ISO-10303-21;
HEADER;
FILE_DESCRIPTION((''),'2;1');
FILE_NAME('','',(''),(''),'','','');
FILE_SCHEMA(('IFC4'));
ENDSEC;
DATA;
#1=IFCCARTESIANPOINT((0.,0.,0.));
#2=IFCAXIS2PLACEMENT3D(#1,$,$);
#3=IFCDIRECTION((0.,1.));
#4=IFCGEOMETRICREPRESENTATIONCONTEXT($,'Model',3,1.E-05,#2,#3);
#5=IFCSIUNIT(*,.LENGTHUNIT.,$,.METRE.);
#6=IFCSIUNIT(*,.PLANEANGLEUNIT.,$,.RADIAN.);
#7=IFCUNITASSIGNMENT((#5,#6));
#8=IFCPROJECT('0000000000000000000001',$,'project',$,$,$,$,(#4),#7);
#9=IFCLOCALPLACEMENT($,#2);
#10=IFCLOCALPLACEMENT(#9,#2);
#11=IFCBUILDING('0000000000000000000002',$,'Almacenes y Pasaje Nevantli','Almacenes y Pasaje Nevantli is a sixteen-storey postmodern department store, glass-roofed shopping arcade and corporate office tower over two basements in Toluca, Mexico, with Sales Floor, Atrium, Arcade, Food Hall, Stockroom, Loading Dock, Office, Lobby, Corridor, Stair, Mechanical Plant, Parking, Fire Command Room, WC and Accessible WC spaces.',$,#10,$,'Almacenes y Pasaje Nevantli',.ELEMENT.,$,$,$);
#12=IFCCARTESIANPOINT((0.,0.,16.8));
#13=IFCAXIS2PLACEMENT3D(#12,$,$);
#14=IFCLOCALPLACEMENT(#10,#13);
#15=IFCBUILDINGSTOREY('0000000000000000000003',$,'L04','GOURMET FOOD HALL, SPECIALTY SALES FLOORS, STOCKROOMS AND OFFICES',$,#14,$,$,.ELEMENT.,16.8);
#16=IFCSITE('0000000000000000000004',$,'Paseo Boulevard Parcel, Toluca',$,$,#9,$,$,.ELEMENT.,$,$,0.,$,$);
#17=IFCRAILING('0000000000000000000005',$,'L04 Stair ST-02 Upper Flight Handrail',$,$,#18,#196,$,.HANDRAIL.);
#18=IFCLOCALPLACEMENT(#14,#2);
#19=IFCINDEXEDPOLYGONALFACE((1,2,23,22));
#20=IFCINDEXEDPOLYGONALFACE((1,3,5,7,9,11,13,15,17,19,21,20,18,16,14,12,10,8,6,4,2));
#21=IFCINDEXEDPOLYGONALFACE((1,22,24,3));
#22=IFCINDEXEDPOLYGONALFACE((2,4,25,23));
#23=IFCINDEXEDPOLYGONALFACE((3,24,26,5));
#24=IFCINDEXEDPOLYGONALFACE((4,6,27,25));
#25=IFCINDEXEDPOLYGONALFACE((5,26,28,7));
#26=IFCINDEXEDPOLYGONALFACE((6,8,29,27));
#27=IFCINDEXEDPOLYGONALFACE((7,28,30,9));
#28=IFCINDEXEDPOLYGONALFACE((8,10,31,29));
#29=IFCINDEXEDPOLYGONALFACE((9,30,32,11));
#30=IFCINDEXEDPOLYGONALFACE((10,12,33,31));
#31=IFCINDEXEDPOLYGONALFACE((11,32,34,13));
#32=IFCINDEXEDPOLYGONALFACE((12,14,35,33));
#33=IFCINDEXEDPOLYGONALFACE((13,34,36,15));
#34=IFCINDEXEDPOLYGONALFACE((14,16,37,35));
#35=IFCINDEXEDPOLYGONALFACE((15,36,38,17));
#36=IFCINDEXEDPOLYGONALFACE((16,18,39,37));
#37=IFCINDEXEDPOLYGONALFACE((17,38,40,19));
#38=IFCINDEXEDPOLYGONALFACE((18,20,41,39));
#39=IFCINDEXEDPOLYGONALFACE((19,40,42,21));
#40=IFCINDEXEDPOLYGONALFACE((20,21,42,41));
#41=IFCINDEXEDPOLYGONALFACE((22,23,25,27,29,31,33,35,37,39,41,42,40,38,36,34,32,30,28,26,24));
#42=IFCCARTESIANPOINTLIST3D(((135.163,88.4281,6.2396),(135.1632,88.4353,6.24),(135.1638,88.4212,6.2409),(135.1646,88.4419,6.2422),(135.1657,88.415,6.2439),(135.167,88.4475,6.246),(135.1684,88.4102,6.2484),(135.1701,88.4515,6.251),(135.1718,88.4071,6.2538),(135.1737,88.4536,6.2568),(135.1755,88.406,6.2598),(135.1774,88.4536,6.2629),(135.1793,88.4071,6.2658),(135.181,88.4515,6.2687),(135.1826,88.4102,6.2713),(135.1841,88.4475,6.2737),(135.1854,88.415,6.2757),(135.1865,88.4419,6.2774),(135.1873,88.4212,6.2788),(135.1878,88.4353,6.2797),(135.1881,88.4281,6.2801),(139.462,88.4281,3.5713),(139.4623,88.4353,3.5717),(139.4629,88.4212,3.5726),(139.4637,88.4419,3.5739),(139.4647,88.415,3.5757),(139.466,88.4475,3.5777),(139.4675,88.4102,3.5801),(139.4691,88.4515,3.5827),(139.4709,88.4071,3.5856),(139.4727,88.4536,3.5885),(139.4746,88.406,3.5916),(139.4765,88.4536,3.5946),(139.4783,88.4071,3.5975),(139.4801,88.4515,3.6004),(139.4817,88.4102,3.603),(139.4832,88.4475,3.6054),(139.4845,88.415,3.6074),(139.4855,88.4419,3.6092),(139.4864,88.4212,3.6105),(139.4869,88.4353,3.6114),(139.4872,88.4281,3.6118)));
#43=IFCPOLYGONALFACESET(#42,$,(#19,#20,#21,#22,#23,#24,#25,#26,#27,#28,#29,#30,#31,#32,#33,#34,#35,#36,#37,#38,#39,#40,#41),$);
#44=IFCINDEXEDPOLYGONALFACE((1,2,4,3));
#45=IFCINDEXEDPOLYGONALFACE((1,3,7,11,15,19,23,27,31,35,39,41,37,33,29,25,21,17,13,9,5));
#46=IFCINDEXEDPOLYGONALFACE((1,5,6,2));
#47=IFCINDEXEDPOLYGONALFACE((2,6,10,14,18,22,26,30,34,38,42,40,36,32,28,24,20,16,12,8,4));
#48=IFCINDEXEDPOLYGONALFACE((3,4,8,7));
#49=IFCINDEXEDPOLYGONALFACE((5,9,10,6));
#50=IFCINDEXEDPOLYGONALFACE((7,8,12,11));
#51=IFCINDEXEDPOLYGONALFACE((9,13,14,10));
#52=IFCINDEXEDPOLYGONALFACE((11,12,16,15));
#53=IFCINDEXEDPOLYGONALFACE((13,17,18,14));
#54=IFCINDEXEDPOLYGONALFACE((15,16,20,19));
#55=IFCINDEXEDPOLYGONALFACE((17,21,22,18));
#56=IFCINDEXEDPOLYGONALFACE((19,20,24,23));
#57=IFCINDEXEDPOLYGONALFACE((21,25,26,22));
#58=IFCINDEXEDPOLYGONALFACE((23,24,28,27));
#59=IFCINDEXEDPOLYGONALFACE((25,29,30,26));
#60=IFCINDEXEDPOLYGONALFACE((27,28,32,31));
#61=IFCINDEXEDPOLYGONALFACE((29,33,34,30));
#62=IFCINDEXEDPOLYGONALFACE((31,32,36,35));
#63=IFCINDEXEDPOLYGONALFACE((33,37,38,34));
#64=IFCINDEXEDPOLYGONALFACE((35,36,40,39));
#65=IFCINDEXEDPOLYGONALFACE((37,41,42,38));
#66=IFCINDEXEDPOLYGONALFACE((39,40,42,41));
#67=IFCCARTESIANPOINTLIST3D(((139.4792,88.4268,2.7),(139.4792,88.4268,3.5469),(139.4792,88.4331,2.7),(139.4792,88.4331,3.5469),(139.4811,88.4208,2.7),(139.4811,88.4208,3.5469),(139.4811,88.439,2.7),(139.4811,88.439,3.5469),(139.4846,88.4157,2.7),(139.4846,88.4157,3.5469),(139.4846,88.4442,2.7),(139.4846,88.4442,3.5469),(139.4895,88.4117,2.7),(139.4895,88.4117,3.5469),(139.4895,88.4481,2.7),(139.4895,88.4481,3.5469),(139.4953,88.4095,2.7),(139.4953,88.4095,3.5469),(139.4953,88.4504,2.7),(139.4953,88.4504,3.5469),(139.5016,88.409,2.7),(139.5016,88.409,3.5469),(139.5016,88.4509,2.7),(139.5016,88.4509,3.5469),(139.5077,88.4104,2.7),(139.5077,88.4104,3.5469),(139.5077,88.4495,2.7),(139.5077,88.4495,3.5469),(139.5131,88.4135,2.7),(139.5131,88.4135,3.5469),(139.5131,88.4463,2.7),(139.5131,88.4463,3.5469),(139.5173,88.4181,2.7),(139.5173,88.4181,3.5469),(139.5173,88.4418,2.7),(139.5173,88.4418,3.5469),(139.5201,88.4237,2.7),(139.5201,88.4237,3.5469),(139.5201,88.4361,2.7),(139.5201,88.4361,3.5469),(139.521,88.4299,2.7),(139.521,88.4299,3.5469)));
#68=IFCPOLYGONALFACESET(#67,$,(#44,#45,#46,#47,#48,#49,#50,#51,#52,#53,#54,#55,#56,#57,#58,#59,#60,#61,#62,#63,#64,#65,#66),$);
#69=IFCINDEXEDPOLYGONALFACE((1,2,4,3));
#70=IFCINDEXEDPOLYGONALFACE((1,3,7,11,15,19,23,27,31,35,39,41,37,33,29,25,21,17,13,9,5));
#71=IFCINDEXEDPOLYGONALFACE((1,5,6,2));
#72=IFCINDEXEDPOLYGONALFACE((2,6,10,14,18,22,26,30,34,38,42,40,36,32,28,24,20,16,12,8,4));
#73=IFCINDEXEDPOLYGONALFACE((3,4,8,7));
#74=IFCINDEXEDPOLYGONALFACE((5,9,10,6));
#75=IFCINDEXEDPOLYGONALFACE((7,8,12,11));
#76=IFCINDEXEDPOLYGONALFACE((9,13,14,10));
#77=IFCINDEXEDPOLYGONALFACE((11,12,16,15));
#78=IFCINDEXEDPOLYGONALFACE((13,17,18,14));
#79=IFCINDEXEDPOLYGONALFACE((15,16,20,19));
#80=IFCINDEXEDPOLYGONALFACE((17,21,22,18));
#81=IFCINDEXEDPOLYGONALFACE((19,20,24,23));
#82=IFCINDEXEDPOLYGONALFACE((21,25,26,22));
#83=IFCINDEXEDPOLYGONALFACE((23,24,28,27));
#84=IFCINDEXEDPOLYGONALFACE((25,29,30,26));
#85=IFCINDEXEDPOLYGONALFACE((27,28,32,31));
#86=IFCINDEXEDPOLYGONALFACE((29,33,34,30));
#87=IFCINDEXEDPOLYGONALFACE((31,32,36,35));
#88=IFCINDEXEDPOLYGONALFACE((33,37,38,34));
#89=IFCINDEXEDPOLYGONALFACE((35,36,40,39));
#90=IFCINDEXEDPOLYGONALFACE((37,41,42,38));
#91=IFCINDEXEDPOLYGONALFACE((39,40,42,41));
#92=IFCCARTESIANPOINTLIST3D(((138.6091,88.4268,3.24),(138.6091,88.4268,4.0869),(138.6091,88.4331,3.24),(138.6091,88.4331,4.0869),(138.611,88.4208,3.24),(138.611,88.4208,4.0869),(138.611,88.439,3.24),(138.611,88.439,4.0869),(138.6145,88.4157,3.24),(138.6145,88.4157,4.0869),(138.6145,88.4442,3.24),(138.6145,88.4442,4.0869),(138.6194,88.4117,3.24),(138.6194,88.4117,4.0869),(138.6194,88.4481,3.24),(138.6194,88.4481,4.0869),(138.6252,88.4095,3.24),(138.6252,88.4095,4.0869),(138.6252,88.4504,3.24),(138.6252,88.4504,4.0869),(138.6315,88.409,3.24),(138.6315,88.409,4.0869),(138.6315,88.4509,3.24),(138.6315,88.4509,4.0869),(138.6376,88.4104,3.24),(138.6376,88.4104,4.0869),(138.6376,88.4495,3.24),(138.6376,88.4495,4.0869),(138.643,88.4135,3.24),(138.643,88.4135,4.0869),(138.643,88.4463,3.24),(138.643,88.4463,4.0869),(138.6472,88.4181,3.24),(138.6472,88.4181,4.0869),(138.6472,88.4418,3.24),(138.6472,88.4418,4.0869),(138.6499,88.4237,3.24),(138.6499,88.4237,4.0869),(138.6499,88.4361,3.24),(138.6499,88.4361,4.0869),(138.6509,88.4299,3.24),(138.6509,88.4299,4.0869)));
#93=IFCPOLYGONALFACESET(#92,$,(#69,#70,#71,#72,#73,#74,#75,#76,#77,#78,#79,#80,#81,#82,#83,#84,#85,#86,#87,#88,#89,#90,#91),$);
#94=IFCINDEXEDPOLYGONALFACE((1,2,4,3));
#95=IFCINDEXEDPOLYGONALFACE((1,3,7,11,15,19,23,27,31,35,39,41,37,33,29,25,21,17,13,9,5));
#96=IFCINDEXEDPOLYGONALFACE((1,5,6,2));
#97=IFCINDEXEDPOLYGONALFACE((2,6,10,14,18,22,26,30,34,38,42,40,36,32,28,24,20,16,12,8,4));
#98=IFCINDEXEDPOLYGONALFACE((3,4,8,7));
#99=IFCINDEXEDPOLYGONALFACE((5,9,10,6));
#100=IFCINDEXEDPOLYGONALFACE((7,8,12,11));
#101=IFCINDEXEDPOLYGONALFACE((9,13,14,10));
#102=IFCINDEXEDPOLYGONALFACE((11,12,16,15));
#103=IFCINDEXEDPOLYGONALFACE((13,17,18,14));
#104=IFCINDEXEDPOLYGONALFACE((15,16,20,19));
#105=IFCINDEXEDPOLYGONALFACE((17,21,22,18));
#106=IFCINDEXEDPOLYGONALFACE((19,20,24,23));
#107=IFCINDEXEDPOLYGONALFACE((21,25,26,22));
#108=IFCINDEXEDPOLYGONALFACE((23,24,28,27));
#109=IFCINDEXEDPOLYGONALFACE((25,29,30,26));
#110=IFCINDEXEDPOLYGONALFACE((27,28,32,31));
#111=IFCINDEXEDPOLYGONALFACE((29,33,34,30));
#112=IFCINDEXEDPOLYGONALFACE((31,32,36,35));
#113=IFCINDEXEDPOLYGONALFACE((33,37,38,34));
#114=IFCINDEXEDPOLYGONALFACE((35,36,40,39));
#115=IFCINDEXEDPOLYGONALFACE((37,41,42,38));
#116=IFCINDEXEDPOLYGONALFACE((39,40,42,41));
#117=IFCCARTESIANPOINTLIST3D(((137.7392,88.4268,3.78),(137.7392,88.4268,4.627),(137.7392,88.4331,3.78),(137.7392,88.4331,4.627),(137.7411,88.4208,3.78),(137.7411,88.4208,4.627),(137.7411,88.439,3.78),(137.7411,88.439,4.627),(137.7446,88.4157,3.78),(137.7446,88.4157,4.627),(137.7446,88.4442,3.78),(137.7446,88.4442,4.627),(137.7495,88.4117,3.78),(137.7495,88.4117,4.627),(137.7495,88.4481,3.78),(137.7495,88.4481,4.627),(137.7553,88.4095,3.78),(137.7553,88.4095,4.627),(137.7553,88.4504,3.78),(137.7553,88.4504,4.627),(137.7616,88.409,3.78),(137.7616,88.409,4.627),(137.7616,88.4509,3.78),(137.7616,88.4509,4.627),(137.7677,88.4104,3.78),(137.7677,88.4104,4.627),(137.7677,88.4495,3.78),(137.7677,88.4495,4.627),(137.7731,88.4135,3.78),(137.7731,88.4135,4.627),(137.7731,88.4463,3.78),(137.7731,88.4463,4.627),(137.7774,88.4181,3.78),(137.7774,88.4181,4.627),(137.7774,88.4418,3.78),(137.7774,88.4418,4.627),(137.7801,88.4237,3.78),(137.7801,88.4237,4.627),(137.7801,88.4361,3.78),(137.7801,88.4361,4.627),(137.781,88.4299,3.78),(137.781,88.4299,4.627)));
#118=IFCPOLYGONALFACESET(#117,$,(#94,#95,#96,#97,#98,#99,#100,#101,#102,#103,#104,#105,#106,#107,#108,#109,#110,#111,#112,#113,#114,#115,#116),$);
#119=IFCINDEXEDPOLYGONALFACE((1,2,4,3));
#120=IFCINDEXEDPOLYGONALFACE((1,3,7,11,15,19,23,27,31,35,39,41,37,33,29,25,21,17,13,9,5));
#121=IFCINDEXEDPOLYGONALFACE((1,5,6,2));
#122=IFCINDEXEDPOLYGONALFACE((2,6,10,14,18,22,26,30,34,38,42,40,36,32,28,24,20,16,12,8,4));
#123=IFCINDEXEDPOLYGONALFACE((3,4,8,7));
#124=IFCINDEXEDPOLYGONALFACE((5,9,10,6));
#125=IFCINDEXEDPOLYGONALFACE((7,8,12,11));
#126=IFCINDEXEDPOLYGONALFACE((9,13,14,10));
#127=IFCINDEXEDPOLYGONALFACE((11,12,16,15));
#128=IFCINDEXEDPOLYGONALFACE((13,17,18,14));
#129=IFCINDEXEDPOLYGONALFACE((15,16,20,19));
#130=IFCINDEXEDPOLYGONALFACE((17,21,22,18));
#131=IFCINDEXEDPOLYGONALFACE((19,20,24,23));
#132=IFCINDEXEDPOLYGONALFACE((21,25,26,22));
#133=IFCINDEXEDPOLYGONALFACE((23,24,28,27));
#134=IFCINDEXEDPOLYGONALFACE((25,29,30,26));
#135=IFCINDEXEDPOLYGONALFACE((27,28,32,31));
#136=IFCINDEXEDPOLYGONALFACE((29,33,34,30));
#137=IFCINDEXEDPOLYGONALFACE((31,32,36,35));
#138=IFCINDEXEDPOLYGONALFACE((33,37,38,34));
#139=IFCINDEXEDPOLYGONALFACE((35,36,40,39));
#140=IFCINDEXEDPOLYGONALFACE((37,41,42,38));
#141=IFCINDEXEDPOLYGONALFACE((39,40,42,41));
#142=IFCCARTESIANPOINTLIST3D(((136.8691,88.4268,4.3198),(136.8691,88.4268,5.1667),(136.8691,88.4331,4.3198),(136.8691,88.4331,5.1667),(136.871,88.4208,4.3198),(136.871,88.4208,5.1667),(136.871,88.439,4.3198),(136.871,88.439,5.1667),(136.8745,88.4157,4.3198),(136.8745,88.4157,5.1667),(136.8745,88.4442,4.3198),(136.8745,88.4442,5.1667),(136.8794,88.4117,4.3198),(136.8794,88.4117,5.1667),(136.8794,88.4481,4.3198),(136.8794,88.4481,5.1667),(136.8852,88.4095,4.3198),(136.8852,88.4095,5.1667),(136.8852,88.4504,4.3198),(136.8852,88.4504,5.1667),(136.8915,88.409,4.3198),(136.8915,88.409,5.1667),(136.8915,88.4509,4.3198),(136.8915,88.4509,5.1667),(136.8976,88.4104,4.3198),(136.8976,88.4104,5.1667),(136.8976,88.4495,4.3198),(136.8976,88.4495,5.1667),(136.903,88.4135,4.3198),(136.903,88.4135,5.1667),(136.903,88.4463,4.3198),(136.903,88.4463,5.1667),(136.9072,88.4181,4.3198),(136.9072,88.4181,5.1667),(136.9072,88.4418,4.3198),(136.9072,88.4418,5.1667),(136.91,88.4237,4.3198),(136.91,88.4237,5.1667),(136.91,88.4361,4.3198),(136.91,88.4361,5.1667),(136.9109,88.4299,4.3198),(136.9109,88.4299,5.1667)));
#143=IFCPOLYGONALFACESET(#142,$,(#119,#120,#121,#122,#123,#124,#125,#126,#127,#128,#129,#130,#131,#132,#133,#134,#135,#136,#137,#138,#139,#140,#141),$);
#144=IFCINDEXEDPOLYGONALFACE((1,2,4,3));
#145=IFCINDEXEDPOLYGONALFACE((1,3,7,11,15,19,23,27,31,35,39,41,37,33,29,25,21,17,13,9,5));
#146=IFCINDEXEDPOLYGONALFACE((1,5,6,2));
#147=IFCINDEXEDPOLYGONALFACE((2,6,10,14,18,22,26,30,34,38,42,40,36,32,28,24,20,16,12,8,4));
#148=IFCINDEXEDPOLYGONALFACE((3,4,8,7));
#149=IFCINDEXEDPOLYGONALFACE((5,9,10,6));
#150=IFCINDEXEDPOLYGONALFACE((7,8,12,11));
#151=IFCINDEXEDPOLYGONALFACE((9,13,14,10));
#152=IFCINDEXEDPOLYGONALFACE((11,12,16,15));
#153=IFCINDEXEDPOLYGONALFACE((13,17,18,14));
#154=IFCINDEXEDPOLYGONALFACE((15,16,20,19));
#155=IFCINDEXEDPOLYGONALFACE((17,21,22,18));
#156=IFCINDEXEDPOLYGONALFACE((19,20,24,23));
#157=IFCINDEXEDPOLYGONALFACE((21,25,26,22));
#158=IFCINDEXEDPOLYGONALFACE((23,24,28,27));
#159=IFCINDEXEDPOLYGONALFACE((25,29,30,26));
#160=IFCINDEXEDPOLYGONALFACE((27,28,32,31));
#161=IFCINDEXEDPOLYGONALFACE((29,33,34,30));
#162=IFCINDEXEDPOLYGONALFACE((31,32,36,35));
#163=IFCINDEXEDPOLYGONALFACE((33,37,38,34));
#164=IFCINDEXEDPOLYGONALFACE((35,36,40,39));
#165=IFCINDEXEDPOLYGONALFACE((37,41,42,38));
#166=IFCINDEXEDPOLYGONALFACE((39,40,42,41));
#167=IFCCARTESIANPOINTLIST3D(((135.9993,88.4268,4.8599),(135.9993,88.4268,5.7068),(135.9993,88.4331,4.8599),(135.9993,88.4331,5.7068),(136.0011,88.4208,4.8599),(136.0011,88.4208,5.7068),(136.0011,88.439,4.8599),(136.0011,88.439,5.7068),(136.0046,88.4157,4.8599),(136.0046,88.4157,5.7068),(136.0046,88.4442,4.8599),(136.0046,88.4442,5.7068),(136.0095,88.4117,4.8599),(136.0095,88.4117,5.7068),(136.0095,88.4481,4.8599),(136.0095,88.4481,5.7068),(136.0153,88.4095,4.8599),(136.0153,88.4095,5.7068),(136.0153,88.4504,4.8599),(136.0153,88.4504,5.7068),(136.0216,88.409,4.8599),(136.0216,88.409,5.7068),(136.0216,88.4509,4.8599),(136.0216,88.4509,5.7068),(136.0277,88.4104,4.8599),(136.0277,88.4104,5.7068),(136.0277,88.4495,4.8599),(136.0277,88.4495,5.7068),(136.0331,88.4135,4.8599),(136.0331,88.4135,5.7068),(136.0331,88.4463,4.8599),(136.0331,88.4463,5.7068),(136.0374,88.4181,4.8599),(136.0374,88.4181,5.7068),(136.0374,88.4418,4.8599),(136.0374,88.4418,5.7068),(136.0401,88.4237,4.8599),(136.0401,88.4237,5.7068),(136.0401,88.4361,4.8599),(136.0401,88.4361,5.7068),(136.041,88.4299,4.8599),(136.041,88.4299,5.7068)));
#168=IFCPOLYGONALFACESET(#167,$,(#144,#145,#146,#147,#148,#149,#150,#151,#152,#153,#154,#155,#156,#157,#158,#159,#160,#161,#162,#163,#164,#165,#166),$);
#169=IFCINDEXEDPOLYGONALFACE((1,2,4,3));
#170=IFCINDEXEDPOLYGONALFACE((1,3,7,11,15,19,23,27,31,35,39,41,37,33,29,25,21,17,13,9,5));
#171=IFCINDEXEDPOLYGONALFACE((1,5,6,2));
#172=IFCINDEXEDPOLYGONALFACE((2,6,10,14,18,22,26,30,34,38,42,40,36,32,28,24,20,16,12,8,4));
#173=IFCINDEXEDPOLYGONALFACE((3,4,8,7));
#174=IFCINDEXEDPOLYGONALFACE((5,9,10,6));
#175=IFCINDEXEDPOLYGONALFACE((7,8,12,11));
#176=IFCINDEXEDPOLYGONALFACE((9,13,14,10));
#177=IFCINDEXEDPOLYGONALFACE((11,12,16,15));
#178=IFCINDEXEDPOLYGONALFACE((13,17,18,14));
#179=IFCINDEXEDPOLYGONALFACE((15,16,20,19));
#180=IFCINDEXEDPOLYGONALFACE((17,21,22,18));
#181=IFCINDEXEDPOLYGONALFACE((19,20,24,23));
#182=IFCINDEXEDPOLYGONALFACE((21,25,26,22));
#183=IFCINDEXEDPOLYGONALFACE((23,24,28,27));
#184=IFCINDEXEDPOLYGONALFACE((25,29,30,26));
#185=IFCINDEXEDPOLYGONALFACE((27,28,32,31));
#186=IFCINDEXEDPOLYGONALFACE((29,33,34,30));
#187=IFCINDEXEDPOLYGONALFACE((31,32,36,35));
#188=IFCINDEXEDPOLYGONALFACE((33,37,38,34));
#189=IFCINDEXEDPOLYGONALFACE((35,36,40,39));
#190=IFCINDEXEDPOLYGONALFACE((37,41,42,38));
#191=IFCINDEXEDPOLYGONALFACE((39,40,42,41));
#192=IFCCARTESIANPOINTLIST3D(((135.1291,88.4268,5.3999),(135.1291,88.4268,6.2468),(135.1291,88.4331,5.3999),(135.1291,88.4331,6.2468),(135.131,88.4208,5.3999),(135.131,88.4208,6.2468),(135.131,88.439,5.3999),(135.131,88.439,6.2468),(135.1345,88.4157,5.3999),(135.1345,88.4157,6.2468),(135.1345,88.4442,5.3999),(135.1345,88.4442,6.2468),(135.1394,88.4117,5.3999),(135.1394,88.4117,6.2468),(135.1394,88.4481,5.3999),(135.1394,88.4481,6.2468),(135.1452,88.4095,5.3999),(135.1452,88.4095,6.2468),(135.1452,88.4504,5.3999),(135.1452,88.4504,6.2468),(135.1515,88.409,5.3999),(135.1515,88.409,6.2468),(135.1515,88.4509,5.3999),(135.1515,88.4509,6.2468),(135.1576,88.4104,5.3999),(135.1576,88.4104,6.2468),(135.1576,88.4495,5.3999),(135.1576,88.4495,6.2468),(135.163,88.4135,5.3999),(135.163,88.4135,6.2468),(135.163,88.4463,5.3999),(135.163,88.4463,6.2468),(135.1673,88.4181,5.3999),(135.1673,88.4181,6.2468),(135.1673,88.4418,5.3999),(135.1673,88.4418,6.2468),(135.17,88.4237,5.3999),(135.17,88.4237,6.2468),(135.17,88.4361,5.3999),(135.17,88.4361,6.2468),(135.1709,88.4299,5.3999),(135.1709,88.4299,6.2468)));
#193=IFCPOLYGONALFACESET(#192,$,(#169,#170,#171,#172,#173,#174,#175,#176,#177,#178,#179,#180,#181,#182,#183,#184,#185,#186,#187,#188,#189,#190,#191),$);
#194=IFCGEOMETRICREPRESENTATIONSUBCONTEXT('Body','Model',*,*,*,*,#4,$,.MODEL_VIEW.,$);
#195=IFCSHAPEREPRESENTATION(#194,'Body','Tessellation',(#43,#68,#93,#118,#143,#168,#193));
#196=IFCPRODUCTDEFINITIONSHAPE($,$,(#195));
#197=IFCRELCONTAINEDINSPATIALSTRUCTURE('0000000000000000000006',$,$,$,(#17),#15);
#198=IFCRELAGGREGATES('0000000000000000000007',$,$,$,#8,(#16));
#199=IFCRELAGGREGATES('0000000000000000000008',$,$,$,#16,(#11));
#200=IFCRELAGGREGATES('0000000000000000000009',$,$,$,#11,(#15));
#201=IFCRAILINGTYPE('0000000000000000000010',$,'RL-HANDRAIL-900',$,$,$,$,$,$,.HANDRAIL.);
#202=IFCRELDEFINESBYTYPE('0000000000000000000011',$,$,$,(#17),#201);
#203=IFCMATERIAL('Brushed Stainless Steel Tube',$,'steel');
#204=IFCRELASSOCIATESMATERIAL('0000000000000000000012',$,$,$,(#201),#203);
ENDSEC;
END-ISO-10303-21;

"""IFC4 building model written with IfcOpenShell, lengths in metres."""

from ifc_helpers import new_model, si_unit, direction, frame, origin, origin_2d, place, context, subcontext, project, spatial, circle, extrude, material, type_object, element, save


model = new_model("IFC4")

# Units and contexts
model_context = context("Model", 3, precision=1e-05, world=origin(), true_north=direction((0.0, 1.0)))
body_context = subcontext(model_context, "Body", "Model", "MODEL_VIEW")
ifc_project = project(units=[si_unit("LENGTHUNIT", "METRE"), si_unit("PLANEANGLEUNIT", "RADIAN")], contexts=[model_context])

# Site, building, storey
site_placement = place(None, origin())
site = spatial("IfcSite", under=ifc_project, at=site_placement, Name="Paseo Boulevard Parcel, Toluca", CompositionType="ELEMENT", RefElevation=0.0)
building_placement = place(site_placement, origin())
building = spatial("IfcBuilding", under=site, at=building_placement, Name="Almacenes y Pasaje Nevantli", Description="Almacenes y Pasaje Nevantli is a sixteen-storey postmodern department store, glass-roofed shopping arcade and corporate office tower over two basements in Toluca, Mexico, with Sales Floor, Atrium, Arcade, Food Hall, Stockroom, Loading Dock, Office, Lobby, Corridor, Stair, Mechanical Plant, Parking, Fire Command Room, WC and Accessible WC spaces.", LongName="Almacenes y Pasaje Nevantli", CompositionType="ELEMENT")
storey_placement = place(building_placement, frame((0.0, 0.0, 16.8)))
storey = spatial("IfcBuildingStorey", under=building, at=storey_placement, Name="L04", Description="GOURMET FOOD HALL, SPECIALTY SALES FLOORS, STOCKROOMS AND OFFICES", CompositionType="ELEMENT", Elevation=16.8)

# Railing
ifc_material_1 = material(Name="Brushed Stainless Steel Tube", Category="steel")
railing_type_1 = type_object("IfcRailingType", Name="RL-HANDRAIL-900", PredefinedType="HANDRAIL", material=ifc_material_1)
railing_1_placement = place(storey_placement, frame((139.5, 88.4299, 2.7)))
element("IfcRailing", 1, at=railing_1_placement, inside=storey, type_object=railing_type_1, Name="L04 Stair ST-02 Upper Flight Handrail", PredefinedType="HANDRAIL", context=body_context, shape_type="SweptSolid", body=[
    extrude(circle(Radius=0.0239, at=origin_2d()), frame((-0.0254, 0.0, 0.8916), z_axis=(-0.84965, 0.0, 0.527347), x_axis=(0.0, -1.0, 0.0)), (0.0, 0.0, 1.0), 5.0598),
    extrude(circle(Radius=0.021, at=origin_2d()), origin(), (0.0, 0.0, 1.0), 0.8469),
    extrude(circle(Radius=0.021, at=origin_2d()), frame((-0.8701, 0.0, 0.54)), (0.0, 0.0, 1.0), 0.8469),
    extrude(circle(Radius=0.021, at=origin_2d()), frame((-1.74, 0.0, 1.0801)), (0.0, 0.0, 1.0), 0.8469),
    extrude(circle(Radius=0.021, at=origin_2d()), frame((-2.6101, 0.0, 1.6199)), (0.0, 0.0, 1.0), 0.8469),
    extrude(circle(Radius=0.021, at=origin_2d()), frame((-3.48, 0.0, 2.1599)), (0.0, 0.0, 1.0), 0.8469),
    extrude(circle(Radius=0.021, at=origin_2d()), frame((-4.3501, 0.0, 2.7)), (0.0, 0.0, 1.0), 0.8469),
])

save(model, "model.ifc")
